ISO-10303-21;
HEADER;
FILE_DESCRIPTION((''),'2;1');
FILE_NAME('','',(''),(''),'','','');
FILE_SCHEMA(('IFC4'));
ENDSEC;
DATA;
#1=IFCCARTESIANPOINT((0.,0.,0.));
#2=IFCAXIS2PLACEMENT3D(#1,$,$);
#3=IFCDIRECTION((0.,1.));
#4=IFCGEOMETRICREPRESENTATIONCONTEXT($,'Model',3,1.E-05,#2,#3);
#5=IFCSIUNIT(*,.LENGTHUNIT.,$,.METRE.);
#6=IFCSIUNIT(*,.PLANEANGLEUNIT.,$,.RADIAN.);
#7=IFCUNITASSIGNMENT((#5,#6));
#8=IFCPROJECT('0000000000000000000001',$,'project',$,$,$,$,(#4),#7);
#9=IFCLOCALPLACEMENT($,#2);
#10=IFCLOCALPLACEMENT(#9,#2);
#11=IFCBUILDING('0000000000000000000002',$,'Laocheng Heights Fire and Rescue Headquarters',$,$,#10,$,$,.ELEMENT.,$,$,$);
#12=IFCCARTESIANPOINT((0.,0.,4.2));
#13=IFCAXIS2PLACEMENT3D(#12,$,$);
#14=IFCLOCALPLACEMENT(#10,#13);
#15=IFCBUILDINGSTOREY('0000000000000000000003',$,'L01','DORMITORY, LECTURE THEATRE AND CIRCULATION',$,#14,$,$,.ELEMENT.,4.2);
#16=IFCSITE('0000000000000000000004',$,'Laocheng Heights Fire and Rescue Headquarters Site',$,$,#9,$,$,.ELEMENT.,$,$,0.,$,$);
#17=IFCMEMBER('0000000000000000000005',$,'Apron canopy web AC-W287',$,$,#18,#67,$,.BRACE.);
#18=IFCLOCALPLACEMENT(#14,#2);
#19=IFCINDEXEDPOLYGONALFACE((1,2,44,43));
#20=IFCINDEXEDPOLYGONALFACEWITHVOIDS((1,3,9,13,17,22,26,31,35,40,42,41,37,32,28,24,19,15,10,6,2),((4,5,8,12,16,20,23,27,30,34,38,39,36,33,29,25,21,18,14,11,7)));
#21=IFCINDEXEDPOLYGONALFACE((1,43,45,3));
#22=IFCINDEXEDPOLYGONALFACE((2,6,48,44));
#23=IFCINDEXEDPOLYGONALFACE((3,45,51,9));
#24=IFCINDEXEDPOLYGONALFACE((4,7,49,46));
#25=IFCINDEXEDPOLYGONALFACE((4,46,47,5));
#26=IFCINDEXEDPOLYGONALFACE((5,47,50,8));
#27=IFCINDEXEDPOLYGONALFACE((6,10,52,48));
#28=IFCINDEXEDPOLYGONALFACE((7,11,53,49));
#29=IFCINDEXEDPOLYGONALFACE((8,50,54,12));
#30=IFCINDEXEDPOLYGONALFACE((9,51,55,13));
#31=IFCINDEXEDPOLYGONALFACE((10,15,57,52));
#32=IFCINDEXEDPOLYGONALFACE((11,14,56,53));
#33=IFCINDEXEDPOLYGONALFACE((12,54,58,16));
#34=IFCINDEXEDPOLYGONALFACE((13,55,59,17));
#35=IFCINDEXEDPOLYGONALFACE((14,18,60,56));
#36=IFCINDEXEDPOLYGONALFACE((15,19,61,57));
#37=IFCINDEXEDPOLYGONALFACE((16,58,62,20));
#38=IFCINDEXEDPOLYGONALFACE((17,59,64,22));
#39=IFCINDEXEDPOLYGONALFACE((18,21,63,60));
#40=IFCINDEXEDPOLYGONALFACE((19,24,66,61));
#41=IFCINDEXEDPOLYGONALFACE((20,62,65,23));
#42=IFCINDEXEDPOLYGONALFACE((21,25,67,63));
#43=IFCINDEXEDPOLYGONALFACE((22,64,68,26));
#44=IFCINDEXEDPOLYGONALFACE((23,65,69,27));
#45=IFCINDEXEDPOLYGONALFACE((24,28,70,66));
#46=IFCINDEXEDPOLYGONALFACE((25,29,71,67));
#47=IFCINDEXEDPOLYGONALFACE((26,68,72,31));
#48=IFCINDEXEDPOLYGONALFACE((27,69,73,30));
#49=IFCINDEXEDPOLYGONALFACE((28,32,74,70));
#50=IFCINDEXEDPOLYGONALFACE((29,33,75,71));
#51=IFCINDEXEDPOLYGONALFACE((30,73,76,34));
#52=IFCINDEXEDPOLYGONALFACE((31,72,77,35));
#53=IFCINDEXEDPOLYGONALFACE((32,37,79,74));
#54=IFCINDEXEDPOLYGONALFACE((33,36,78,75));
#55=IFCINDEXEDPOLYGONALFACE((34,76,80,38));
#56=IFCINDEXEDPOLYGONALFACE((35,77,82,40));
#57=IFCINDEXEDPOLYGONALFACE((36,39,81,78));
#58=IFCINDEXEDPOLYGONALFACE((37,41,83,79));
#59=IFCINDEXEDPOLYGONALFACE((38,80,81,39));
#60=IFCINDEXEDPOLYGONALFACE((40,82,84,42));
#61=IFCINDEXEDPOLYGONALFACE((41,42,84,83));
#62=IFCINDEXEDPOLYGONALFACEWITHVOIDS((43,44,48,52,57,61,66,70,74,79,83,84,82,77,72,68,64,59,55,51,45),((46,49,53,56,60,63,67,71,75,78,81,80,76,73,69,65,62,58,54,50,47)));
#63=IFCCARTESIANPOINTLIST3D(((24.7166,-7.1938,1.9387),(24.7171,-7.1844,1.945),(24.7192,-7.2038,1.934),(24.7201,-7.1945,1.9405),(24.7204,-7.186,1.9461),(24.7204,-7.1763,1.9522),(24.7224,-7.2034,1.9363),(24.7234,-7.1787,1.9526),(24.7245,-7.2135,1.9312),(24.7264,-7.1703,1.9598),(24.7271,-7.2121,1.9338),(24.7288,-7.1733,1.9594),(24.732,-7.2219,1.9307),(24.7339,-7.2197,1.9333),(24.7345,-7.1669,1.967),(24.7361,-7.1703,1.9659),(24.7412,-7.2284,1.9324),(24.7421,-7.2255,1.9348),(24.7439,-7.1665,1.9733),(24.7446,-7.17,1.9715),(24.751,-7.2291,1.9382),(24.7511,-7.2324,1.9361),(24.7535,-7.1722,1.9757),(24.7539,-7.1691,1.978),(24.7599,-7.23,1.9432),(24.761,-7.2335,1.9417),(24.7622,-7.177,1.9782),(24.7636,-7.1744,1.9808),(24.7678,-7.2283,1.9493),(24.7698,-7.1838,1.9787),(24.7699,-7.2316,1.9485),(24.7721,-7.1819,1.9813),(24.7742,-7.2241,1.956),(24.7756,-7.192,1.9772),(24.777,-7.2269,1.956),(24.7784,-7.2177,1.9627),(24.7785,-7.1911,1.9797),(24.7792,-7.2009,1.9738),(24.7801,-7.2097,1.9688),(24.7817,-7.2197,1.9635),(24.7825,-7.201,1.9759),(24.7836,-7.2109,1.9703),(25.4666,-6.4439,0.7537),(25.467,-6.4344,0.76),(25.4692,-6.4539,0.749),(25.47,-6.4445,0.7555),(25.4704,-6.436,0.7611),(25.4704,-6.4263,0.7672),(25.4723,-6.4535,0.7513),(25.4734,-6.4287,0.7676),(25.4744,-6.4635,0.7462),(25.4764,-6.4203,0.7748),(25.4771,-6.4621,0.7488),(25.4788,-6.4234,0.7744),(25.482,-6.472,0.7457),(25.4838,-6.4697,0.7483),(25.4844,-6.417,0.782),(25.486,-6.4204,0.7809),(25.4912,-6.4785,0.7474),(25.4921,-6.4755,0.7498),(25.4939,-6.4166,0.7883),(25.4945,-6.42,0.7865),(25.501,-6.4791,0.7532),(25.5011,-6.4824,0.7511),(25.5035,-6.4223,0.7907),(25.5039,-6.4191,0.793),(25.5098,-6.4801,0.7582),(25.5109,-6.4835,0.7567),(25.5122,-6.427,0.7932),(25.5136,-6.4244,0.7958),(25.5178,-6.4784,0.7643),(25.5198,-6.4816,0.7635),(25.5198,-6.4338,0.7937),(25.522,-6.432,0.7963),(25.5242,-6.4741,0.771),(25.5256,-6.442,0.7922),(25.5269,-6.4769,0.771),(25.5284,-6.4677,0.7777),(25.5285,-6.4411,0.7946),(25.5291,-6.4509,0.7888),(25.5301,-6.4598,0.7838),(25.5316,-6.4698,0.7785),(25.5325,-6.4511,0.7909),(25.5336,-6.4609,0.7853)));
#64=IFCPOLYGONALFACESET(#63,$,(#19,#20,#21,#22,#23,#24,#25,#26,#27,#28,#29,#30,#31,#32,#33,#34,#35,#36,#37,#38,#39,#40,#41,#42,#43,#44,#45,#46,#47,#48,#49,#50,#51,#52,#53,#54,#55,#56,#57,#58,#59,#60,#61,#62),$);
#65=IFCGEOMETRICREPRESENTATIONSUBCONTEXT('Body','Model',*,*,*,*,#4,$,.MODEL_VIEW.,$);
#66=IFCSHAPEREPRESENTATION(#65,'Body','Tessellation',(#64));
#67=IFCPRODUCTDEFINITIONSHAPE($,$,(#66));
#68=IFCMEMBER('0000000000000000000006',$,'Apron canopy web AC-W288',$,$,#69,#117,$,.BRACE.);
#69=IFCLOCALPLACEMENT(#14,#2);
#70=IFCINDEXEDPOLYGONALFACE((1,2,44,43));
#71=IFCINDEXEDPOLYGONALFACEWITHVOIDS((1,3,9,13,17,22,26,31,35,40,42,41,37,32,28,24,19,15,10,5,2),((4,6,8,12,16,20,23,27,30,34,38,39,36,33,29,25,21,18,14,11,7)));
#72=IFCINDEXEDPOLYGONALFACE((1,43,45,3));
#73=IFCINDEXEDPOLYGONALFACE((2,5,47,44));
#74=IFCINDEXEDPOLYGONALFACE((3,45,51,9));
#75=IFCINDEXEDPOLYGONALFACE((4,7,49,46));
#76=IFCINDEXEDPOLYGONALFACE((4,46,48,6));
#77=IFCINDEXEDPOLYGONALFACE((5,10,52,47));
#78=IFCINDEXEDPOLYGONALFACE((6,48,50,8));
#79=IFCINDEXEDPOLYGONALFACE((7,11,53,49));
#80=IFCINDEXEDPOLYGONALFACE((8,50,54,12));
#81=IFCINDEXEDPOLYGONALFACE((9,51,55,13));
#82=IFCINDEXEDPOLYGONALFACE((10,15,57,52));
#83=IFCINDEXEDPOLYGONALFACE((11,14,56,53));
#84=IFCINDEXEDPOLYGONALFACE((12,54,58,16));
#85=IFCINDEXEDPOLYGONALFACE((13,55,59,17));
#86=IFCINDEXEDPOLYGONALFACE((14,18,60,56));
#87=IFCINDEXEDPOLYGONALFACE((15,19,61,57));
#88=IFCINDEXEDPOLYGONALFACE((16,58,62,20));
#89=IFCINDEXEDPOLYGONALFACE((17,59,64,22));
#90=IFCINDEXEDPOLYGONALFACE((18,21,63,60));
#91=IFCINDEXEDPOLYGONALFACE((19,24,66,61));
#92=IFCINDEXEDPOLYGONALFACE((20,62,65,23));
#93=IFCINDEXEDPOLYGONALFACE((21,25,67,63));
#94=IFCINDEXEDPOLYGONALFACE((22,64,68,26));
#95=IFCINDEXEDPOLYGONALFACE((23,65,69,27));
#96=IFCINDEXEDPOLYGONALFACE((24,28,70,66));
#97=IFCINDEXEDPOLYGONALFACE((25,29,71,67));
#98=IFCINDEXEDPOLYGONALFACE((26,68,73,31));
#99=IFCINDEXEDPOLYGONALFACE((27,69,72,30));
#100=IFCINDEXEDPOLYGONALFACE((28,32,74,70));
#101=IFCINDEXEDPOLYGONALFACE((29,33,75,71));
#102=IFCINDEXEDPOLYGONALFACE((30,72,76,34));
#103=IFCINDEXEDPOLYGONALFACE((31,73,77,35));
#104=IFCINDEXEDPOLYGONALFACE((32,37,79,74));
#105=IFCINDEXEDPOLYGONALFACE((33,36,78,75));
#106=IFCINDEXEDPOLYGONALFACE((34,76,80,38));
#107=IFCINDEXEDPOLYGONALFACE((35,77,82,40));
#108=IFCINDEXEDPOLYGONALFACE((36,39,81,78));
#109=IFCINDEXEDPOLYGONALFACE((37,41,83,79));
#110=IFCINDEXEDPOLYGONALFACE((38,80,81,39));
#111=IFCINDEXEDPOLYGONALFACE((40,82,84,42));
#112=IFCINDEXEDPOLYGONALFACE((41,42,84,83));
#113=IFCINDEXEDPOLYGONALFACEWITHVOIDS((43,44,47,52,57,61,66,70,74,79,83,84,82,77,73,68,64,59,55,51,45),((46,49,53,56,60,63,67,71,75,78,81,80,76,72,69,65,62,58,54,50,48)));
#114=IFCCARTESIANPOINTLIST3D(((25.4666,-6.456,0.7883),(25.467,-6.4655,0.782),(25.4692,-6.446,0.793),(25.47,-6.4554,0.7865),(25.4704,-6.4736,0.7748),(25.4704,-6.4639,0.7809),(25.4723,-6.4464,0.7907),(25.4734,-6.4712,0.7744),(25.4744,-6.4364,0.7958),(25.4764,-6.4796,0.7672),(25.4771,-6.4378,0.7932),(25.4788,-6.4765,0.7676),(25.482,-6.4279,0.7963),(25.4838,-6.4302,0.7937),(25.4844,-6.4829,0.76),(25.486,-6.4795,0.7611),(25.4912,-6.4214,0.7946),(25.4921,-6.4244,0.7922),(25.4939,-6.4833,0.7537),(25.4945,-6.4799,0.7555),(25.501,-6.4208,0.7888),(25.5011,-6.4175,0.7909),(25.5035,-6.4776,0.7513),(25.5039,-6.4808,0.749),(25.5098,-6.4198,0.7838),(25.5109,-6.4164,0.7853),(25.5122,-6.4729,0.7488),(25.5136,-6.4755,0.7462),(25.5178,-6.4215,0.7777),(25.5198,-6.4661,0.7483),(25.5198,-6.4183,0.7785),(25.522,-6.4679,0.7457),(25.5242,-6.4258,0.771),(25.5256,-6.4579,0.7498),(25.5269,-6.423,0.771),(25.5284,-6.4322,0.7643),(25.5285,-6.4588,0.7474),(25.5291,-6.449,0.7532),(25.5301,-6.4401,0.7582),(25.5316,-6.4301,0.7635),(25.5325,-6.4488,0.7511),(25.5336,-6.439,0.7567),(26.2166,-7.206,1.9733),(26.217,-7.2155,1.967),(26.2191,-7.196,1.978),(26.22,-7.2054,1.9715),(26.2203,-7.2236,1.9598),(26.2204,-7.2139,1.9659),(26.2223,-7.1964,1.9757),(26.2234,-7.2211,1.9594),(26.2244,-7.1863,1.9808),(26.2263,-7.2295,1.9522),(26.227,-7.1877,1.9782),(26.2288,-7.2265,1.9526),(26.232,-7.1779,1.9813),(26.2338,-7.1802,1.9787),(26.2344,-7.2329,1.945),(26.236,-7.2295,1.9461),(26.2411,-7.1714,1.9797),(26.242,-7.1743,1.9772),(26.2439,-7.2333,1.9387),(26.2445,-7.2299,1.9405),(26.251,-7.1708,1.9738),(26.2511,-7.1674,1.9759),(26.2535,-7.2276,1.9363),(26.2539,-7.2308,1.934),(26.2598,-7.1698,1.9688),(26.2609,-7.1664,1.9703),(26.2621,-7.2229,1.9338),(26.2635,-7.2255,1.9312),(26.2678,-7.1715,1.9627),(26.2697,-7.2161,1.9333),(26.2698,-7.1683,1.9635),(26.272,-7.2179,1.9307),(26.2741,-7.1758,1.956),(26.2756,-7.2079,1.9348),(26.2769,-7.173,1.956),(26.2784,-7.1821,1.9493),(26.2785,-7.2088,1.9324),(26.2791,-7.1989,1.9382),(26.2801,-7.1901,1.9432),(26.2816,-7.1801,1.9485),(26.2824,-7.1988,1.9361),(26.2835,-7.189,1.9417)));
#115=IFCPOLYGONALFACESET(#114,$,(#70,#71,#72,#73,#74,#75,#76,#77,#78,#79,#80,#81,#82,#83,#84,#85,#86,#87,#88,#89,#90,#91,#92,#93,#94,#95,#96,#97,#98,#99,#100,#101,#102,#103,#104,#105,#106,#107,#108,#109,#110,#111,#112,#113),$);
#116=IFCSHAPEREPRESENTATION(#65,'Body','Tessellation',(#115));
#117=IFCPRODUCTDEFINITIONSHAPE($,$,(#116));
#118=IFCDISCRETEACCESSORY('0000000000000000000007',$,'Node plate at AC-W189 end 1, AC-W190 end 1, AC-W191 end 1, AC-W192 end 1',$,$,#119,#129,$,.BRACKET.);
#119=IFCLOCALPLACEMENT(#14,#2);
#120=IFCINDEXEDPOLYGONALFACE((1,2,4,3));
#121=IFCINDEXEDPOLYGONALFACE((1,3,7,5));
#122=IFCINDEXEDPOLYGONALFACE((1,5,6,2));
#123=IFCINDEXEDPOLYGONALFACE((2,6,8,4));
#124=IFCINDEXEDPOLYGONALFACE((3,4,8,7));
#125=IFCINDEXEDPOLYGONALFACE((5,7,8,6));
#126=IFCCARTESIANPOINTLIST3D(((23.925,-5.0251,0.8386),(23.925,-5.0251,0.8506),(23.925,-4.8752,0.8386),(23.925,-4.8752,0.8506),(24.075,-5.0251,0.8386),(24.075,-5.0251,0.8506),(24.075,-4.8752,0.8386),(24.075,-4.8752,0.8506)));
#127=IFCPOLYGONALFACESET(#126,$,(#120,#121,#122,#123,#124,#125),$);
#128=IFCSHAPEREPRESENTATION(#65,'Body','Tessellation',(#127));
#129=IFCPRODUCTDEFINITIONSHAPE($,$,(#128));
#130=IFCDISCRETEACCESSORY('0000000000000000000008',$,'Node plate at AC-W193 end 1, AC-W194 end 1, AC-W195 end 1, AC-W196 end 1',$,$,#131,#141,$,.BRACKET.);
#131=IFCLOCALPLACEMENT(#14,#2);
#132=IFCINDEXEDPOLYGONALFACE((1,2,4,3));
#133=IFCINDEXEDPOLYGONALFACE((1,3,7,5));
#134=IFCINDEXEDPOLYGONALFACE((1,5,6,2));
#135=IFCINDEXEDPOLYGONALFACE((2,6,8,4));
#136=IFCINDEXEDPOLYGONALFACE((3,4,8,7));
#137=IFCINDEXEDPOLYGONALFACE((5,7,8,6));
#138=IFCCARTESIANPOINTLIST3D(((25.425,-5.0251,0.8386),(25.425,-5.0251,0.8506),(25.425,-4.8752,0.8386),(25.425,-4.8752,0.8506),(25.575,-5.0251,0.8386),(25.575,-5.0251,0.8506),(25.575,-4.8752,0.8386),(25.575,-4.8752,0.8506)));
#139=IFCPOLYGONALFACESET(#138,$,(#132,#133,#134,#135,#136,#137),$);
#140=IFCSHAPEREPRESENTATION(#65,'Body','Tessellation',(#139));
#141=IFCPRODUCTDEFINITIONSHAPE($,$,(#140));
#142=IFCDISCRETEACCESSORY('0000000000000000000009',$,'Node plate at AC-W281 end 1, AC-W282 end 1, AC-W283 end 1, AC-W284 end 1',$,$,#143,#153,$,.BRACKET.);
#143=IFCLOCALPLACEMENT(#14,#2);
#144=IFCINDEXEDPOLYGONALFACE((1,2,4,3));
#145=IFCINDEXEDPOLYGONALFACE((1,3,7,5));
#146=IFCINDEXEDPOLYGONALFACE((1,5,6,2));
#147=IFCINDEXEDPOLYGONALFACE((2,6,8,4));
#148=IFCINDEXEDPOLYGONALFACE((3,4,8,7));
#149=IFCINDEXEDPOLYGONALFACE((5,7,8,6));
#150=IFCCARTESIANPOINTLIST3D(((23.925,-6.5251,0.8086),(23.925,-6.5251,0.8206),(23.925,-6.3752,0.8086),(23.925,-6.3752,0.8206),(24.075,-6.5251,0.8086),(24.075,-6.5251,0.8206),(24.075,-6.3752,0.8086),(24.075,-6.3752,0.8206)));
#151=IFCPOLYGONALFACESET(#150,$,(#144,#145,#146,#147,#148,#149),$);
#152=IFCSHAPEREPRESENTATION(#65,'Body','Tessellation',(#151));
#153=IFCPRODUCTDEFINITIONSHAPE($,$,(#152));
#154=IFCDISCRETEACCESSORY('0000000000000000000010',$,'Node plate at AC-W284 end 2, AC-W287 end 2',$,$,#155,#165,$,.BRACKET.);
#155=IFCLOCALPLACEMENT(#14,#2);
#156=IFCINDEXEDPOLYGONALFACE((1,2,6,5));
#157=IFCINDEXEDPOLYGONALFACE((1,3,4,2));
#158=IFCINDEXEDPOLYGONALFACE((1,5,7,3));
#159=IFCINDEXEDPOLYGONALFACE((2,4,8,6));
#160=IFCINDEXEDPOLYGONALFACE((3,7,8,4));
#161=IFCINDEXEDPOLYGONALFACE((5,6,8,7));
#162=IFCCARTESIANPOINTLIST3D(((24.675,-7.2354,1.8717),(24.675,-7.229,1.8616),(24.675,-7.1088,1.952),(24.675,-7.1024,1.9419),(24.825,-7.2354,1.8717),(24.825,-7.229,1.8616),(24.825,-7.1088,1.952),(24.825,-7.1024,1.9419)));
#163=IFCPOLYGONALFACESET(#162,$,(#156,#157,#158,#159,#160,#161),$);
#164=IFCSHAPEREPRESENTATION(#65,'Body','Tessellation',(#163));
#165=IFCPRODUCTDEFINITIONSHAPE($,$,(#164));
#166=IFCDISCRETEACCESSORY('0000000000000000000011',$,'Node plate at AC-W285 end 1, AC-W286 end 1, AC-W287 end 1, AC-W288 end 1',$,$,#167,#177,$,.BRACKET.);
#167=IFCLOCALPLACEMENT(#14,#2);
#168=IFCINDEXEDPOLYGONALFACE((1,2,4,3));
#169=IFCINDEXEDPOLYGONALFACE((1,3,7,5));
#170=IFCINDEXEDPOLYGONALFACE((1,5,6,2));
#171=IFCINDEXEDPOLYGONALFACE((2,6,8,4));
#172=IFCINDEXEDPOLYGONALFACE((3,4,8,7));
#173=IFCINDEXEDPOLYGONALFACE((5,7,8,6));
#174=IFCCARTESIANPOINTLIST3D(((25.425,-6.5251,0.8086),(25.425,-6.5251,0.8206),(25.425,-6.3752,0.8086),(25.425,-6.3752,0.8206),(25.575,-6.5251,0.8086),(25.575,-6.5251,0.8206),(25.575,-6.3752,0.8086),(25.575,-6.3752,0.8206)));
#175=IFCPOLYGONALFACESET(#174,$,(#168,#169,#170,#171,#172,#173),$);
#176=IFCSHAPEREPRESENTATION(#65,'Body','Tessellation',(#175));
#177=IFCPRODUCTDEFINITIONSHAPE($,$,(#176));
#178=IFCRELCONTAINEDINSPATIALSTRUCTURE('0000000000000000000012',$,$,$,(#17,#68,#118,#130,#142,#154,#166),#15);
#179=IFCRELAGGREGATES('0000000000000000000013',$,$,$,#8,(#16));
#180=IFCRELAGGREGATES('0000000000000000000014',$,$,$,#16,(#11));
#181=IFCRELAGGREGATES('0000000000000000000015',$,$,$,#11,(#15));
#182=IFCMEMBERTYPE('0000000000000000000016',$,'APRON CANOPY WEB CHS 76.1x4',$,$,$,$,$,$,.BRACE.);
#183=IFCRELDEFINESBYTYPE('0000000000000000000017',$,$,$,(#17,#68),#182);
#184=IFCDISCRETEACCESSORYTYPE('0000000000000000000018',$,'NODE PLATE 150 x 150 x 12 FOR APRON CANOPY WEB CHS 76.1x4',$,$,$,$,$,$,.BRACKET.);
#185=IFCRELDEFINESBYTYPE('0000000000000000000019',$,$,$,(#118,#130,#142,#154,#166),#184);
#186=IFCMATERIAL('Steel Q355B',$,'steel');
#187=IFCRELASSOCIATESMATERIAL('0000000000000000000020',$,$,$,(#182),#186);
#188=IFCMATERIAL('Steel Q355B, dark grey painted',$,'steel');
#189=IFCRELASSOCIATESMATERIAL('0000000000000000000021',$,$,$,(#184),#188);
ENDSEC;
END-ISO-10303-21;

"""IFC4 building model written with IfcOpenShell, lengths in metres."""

from ifc_helpers import new_model, si_unit, direction, frame, origin, origin_2d, place, context, subcontext, project, spatial, rectangle, hollow_circle, extrude, material, material_profile, profile_set, type_object, element, save


model = new_model("IFC4")

# Units and contexts
model_context = context("Model", 3, precision=1e-05, world=origin(), true_north=direction((0.0, 1.0)))
body_context = subcontext(model_context, "Body", "Model", "MODEL_VIEW")
ifc_project = project(units=[si_unit("LENGTHUNIT", "METRE"), si_unit("PLANEANGLEUNIT", "RADIAN")], contexts=[model_context])

# Site, building, storey
site_placement = place(None, origin())
site = spatial("IfcSite", under=ifc_project, at=site_placement, Name="Laocheng Heights Fire and Rescue Headquarters Site", CompositionType="ELEMENT", RefElevation=0.0)
building_placement = place(site_placement, origin())
building = spatial("IfcBuilding", under=site, at=building_placement, Name="Laocheng Heights Fire and Rescue Headquarters", CompositionType="ELEMENT")
storey_placement = place(building_placement, frame((0.0, 0.0, 4.2)))
storey = spatial("IfcBuildingStorey", under=building, at=storey_placement, Name="L01", Description="DORMITORY, LECTURE THEATRE AND CIRCULATION", CompositionType="ELEMENT", Elevation=4.2)

# Members
ifc_material_1 = material(Name="Steel Q355B", Category="steel")
ifc_material_profile_1 = material_profile(ifc_material_1, hollow_circle(Radius=0.0381, WallThickness=0.0039, at=origin_2d()), Name="CHS 76.1x4")
ifc_profile_set_1 = profile_set([ifc_material_profile_1], Name="Steel Q355B")
member_type_1 = type_object("IfcMemberType", Name="APRON CANOPY WEB CHS 76.1x4", PredefinedType="BRACE", material=ifc_profile_set_1)
for number, where, z_axis, x_axis, name in (
    (1, (25.5, -6.45, 0.771), (-0.47158, -0.47158, 0.745134), (0.707107, -0.707107, 0.0), "Apron canopy web AC-W287"),
    (2, (25.5, -6.45, 0.771), (0.47158, -0.47158, 0.745134), (0.707107, 0.707107, 0.0), "Apron canopy web AC-W288"),
):
    element("IfcMember", number, at=place(storey_placement, frame(where, z_axis=z_axis, x_axis=x_axis)), inside=storey, type_object=member_type_1, Name=name, PredefinedType="BRACE", context=body_context, shape_type="SweptSolid", body=[
        extrude(hollow_circle(Radius=0.0381, WallThickness=0.0039, at=origin_2d()), origin(), (0.0, 0.0, 1.0), 1.5903),
    ])

# Discrete accessories
ifc_material_2 = material(Name="Steel Q355B, dark grey painted", Category="steel")
ifc_material_profile_2 = material_profile(ifc_material_2, rectangle(XDim=0.1499, YDim=0.1499, at=origin_2d()), Name="NODE PLATE 150 x 150 x 12 FOR APRON CANOPY WEB CHS 76.1x4")
ifc_profile_set_2 = profile_set([ifc_material_profile_2], Name="Steel Q355B, dark grey painted")
discrete_accessory_type = type_object("IfcDiscreteAccessoryType", Name="NODE PLATE 150 x 150 x 12 FOR APRON CANOPY WEB CHS 76.1x4", PredefinedType="BRACKET", material=ifc_profile_set_2)
for number, where, z_axis, x_axis, name in (
    (3, (24.0, -4.9502, 0.8386), (0.0, 0.0, 1.0), (1.0, 0.0, 0.0), "Node plate at AC-W189 end 1, AC-W190 end 1, AC-W191 end 1, AC-W192 end 1"),
    (4, (25.5, -4.9502, 0.8386), (0.0, 0.0, 1.0), (1.0, 0.0, 0.0), "Node plate at AC-W193 end 1, AC-W194 end 1, AC-W195 end 1, AC-W196 end 1"),
    (5, (24.0, -6.4502, 0.8086), (0.0, 0.0, 1.0), (1.0, 0.0, 0.0), "Node plate at AC-W281 end 1, AC-W282 end 1, AC-W283 end 1, AC-W284 end 1"),
    (6, (24.75, -7.1721, 1.9119), (0.0, 0.535542, -0.844509), (-1.0, 0.0, 0.0), "Node plate at AC-W284 end 2, AC-W287 end 2"),
    (7, (25.5, -6.4502, 0.8086), (0.0, 0.0, 1.0), (1.0, 0.0, 0.0), "Node plate at AC-W285 end 1, AC-W286 end 1, AC-W287 end 1, AC-W288 end 1"),
):
    element("IfcDiscreteAccessory", number, at=place(storey_placement, frame(where, z_axis=z_axis, x_axis=x_axis)), inside=storey, type_object=discrete_accessory_type, Name=name, PredefinedType="BRACKET", context=body_context, shape_type="SweptSolid", body=[
        extrude(rectangle(XDim=0.1499, YDim=0.1499, at=origin_2d()), origin(), (0.0, 0.0, 1.0), 0.012),
    ])

save(model, "model.ifc")
